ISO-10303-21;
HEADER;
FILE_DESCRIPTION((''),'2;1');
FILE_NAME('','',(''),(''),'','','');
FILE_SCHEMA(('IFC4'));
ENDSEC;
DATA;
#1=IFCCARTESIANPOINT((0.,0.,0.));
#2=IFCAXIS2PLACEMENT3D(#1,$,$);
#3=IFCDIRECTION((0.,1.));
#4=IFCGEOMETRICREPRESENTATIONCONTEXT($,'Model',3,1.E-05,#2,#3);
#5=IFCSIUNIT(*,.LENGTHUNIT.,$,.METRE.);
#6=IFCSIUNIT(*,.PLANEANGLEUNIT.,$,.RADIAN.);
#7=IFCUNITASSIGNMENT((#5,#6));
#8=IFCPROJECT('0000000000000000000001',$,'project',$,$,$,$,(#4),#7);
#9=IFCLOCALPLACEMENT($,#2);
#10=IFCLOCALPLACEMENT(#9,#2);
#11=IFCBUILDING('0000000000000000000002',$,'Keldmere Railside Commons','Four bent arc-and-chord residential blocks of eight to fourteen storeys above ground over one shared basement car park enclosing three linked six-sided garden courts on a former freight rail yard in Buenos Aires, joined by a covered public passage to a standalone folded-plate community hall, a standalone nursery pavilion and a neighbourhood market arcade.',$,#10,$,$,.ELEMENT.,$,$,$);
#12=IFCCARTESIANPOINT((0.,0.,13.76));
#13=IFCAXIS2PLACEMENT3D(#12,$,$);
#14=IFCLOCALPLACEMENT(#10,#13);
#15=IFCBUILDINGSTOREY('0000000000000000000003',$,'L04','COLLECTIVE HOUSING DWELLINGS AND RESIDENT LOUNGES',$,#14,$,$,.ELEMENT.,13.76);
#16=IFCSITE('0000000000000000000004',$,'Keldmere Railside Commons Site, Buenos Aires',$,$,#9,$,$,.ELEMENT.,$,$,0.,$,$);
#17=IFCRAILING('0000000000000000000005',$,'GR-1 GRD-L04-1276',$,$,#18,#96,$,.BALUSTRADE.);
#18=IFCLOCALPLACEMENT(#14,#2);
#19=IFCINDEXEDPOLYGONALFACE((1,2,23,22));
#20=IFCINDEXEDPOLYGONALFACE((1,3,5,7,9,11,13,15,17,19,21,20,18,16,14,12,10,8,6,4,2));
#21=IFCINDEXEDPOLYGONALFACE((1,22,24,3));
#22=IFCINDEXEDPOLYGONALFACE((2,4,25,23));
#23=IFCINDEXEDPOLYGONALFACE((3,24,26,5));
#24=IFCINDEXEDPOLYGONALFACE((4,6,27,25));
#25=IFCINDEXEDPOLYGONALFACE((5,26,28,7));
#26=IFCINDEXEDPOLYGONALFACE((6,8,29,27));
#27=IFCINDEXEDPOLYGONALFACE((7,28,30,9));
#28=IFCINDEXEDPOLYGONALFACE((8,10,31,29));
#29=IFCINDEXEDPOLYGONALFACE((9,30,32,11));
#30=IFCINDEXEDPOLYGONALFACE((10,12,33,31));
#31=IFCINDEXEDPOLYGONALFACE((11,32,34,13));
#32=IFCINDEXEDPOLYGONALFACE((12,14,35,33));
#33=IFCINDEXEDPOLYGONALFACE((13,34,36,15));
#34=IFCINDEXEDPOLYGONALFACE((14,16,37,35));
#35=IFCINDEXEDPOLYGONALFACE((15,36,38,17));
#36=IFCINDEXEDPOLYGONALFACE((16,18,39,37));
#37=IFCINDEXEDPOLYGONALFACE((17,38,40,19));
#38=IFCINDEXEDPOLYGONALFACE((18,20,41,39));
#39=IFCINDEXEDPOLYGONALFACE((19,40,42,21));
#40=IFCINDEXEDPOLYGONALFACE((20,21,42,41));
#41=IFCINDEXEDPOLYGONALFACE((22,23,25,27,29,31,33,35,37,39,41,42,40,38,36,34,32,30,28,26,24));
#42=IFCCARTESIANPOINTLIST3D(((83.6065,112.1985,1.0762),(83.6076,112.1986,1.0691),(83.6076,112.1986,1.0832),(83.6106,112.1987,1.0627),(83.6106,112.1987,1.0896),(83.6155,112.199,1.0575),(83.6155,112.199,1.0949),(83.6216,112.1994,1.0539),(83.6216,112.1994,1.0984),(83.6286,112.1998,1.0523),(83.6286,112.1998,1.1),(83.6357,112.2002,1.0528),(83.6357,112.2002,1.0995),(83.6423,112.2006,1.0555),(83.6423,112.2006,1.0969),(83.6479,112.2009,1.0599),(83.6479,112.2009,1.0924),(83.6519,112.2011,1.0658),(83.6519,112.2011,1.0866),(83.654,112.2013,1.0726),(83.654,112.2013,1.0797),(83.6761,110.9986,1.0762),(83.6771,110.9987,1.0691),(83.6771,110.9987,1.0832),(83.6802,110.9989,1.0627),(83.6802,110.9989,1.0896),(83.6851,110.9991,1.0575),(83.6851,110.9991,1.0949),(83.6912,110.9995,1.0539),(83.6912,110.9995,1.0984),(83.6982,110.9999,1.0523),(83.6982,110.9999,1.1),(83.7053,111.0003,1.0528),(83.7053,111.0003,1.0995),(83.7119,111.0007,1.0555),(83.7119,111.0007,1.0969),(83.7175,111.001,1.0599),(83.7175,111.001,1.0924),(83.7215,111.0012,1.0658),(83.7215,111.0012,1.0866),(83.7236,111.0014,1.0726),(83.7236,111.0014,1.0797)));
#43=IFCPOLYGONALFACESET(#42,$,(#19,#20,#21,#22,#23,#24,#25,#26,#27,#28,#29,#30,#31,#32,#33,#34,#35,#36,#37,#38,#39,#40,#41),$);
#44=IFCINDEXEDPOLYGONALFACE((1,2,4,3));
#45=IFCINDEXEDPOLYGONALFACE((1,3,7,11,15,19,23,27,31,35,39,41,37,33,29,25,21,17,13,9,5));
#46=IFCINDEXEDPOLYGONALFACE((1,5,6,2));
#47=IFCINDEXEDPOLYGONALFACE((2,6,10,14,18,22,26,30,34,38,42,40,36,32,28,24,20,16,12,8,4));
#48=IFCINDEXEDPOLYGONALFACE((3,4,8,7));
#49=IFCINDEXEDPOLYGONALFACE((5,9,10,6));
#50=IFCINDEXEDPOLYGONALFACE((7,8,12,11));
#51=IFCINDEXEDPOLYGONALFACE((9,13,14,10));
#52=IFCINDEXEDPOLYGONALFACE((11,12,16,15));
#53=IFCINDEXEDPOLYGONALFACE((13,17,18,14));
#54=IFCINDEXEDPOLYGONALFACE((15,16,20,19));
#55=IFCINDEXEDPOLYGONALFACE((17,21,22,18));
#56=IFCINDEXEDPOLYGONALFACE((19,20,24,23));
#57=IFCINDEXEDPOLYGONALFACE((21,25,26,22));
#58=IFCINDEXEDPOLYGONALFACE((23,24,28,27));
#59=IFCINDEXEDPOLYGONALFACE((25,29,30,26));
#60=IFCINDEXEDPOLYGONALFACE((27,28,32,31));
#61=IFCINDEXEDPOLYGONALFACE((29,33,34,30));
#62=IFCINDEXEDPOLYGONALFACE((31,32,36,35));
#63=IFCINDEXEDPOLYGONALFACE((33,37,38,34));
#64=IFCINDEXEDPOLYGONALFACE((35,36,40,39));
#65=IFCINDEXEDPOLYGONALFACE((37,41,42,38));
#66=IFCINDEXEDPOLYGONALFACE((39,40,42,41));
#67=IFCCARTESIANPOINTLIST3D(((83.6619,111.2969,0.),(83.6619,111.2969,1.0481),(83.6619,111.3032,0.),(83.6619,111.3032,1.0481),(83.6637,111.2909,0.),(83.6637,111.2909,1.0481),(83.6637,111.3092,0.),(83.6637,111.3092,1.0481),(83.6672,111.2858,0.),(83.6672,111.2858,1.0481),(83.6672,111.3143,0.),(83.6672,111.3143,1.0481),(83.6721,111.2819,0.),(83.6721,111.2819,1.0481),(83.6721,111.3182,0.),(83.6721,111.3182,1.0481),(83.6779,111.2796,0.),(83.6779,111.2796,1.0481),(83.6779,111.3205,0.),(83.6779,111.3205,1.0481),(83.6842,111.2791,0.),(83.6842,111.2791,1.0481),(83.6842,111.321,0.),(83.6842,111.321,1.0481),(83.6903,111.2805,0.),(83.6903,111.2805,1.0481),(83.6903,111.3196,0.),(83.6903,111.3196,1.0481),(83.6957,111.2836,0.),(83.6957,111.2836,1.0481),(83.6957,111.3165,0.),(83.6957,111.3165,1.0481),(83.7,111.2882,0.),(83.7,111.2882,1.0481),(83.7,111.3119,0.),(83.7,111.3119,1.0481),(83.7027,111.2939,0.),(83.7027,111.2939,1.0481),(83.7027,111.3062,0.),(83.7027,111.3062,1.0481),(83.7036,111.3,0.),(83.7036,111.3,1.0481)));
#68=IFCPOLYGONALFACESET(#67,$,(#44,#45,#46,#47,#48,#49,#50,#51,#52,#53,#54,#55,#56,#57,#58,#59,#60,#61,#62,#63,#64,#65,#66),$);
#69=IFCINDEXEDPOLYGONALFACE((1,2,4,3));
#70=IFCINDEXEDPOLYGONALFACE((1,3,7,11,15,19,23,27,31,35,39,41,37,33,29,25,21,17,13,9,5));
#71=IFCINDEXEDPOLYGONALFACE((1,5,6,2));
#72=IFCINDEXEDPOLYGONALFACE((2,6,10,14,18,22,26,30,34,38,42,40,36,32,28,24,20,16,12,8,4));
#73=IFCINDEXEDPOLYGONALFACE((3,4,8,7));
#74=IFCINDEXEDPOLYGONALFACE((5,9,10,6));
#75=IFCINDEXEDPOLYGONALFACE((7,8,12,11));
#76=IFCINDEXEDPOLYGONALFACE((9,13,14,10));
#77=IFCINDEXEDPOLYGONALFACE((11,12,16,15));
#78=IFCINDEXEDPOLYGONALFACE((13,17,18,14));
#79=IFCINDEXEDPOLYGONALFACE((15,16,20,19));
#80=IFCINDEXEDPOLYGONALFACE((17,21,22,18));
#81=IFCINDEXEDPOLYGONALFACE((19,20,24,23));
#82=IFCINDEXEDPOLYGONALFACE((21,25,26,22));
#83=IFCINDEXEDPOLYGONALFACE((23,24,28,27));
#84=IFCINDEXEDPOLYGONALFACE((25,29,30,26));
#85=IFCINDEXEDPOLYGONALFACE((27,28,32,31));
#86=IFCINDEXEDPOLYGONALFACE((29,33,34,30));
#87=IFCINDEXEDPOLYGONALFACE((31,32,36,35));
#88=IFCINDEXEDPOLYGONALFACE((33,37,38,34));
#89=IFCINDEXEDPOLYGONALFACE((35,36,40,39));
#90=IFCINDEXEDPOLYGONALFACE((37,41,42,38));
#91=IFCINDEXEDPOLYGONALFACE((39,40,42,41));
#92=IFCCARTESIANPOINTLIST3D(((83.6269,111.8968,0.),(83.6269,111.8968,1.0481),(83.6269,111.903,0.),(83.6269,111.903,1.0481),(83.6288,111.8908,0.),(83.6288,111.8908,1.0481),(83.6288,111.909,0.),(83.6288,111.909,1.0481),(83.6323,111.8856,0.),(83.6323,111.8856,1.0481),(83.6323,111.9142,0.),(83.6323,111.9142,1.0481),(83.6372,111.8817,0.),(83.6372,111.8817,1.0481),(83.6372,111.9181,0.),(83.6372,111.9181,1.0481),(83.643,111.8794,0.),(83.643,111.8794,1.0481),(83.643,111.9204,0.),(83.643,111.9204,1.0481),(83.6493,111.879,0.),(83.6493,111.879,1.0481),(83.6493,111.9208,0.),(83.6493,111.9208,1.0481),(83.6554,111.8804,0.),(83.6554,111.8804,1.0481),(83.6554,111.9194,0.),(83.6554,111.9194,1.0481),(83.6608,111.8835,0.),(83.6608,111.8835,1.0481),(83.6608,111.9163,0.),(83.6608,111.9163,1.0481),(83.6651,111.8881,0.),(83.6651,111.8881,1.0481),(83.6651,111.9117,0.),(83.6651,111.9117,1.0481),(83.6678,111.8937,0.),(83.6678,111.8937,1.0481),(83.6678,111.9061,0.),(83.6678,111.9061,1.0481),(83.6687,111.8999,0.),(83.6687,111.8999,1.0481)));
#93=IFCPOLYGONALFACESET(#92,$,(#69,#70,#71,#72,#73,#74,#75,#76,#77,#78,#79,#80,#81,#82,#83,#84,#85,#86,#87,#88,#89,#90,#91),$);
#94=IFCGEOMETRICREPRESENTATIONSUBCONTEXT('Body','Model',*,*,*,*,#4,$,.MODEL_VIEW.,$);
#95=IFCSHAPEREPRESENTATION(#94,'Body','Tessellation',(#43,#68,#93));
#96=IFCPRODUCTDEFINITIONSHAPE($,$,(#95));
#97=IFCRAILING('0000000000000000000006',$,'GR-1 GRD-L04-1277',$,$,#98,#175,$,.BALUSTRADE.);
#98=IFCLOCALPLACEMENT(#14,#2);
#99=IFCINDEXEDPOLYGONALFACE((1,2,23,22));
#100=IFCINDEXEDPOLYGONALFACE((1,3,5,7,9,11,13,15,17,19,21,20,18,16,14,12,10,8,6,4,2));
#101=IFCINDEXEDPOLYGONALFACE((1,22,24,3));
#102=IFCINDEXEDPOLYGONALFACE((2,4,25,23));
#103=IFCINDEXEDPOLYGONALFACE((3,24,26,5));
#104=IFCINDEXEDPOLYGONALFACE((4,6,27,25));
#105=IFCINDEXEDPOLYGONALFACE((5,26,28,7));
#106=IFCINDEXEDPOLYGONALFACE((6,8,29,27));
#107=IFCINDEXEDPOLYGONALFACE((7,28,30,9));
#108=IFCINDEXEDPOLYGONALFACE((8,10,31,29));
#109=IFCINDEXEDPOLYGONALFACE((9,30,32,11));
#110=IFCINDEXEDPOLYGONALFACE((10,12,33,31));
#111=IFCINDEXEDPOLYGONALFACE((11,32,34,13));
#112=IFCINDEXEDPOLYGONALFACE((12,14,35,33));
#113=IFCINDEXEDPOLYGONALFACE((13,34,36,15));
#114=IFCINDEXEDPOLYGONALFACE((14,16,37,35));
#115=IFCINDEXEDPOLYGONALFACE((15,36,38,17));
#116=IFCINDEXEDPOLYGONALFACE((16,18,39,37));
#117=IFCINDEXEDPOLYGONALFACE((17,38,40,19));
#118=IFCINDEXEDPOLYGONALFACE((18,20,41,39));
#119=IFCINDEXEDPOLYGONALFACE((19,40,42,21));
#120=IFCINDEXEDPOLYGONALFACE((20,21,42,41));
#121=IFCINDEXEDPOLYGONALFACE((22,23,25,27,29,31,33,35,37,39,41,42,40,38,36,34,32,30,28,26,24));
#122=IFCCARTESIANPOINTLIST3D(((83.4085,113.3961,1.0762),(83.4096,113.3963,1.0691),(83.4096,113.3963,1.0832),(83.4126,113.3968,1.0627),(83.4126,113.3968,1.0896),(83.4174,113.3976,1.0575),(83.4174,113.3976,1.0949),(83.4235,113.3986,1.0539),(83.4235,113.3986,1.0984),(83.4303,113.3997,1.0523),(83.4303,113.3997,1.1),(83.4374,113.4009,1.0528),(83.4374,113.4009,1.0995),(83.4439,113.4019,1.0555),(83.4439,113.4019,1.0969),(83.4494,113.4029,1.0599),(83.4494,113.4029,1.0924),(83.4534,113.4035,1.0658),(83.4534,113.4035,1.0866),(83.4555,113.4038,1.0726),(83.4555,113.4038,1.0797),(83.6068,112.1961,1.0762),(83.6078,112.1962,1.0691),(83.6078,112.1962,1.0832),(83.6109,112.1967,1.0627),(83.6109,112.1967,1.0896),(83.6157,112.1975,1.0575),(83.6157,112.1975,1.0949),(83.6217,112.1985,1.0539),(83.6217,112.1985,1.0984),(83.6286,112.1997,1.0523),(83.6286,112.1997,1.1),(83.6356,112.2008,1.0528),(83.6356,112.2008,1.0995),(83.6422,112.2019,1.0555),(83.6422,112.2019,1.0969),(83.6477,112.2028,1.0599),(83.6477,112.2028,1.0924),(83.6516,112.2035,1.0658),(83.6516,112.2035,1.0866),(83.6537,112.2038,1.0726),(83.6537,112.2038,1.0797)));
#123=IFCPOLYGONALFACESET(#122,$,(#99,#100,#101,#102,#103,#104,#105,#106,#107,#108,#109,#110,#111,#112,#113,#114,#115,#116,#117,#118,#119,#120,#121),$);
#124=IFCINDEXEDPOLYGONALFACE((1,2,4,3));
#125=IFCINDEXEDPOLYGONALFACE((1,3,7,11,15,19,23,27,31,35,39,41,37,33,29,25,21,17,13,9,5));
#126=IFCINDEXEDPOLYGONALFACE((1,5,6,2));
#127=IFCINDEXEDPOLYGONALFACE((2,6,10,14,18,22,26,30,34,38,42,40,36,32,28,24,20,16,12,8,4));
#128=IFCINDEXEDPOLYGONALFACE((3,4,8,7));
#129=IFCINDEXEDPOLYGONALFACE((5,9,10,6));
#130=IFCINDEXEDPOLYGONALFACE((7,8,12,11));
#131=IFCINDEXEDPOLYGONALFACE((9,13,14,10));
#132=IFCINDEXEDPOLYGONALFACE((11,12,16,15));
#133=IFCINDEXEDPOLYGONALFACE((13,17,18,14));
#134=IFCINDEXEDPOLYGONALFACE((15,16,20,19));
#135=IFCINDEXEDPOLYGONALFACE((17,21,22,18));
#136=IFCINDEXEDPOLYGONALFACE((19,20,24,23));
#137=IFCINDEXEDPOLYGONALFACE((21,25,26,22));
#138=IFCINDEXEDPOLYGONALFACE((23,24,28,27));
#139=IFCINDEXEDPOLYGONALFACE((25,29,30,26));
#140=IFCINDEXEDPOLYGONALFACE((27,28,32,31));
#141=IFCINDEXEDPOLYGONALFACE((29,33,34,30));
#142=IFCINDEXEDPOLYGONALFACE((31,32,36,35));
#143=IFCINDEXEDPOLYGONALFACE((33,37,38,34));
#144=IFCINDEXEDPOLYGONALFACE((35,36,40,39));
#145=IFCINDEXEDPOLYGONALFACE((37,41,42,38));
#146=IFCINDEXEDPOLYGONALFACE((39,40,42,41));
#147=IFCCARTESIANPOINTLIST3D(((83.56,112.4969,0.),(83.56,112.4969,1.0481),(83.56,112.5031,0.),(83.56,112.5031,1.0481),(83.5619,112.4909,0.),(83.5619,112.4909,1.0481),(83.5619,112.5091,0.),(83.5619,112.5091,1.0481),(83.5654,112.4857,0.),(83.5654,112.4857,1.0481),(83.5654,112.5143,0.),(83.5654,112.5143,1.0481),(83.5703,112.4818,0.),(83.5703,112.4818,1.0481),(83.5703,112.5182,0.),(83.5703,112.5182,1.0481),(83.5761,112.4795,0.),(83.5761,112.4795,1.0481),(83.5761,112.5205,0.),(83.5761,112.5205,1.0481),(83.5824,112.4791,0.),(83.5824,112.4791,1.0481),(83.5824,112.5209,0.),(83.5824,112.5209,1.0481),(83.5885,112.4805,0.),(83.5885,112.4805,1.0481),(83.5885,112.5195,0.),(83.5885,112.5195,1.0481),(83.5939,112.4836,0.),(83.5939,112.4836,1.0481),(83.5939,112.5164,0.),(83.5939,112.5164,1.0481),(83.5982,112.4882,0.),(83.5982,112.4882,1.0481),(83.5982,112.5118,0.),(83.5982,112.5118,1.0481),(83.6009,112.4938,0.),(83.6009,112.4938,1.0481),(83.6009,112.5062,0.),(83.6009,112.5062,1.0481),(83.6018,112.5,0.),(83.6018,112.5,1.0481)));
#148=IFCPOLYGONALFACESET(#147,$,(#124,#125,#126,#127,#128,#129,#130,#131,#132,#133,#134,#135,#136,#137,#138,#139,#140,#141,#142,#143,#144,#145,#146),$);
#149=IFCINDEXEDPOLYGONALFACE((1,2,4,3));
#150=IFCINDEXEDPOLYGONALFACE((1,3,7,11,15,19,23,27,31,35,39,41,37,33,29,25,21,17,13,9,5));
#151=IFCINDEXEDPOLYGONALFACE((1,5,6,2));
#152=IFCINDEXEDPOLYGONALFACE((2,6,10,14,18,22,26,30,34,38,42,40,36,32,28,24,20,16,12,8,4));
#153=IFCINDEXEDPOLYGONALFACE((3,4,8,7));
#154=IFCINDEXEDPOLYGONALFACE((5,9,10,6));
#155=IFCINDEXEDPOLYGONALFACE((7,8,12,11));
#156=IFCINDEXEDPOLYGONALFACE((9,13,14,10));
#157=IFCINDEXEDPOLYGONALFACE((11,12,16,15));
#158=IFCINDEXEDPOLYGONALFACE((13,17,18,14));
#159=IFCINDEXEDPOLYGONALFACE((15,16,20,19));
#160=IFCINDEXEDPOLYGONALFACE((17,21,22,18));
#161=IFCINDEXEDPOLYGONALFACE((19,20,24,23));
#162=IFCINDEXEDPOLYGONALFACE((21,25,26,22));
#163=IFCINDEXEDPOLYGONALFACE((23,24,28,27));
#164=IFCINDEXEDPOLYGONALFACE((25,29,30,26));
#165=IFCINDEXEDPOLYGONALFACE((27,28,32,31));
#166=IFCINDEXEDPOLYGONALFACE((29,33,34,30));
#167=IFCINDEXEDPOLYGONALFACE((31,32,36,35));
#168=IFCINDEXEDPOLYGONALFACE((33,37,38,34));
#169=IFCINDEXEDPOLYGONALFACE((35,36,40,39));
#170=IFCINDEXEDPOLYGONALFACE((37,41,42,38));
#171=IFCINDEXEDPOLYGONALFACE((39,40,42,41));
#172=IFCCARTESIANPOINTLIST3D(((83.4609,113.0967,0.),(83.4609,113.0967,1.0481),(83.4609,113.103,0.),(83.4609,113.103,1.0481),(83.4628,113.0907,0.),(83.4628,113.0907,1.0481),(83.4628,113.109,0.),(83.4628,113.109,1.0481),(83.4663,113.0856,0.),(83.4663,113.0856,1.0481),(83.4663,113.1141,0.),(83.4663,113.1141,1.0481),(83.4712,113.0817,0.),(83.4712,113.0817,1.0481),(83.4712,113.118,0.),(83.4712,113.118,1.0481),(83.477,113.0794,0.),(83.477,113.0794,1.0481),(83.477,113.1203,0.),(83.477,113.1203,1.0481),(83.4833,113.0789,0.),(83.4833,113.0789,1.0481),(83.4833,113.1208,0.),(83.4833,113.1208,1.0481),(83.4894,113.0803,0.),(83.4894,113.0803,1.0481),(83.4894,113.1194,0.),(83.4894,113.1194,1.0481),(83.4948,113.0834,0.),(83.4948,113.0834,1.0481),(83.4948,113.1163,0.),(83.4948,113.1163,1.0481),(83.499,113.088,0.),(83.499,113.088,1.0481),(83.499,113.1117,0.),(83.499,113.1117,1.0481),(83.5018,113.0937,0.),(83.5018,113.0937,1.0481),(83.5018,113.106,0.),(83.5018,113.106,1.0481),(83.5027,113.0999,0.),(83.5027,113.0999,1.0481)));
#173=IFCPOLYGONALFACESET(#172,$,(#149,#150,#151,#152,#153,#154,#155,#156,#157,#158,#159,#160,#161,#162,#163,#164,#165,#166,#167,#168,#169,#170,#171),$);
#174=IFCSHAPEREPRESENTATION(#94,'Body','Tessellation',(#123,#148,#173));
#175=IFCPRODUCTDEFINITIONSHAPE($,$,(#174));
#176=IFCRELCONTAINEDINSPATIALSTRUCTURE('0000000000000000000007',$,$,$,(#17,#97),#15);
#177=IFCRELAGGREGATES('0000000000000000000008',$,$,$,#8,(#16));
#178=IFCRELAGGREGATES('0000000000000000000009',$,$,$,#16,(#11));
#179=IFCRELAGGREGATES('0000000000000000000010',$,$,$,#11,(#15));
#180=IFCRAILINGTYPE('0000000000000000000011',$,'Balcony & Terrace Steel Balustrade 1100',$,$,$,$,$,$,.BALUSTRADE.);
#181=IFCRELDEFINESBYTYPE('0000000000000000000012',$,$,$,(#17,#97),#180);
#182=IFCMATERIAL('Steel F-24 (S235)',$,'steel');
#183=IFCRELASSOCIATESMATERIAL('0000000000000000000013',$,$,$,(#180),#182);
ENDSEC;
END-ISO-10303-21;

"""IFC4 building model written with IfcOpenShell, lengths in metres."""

from ifc_helpers import new_model, si_unit, direction, frame, origin, origin_2d, place, context, subcontext, project, spatial, circle, extrude, material, type_object, element, save


model = new_model("IFC4")

# Units and contexts
model_context = context("Model", 3, precision=1e-05, world=origin(), true_north=direction((0.0, 1.0)))
body_context = subcontext(model_context, "Body", "Model", "MODEL_VIEW")
ifc_project = project(units=[si_unit("LENGTHUNIT", "METRE"), si_unit("PLANEANGLEUNIT", "RADIAN")], contexts=[model_context])

# Site, building, storey
site_placement = place(None, origin())
site = spatial("IfcSite", under=ifc_project, at=site_placement, Name="Keldmere Railside Commons Site, Buenos Aires", CompositionType="ELEMENT", RefElevation=0.0)
building_placement = place(site_placement, origin())
building = spatial("IfcBuilding", under=site, at=building_placement, Name="Keldmere Railside Commons", Description="Four bent arc-and-chord residential blocks of eight to fourteen storeys above ground over one shared basement car park enclosing three linked six-sided garden courts on a former freight rail yard in Buenos Aires, joined by a covered public passage to a standalone folded-plate community hall, a standalone nursery pavilion and a neighbourhood market arcade.", CompositionType="ELEMENT")
storey_placement = place(building_placement, frame((0.0, 0.0, 13.76)))
storey = spatial("IfcBuildingStorey", under=building, at=storey_placement, Name="L04", Description="COLLECTIVE HOUSING DWELLINGS AND RESIDENT LOUNGES", CompositionType="ELEMENT", Elevation=13.76)

# Railings
ifc_material = material(Name="Steel F-24 (S235)", Category="steel")
railing_type = type_object("IfcRailingType", Name="Balcony & Terrace Steel Balustrade 1100", PredefinedType="BALUSTRADE", material=ifc_material)
railing_1_placement = place(storey_placement, frame((83.7, 111.0, 0.0)))
element("IfcRailing", 1, at=railing_1_placement, inside=storey, type_object=railing_type, Name="GR-1 GRD-L04-1276", PredefinedType="BALUSTRADE", context=body_context, shape_type="SweptSolid", body=[
    extrude(circle(Radius=0.0239, at=origin_2d()), frame((0.0, 0.0, 1.0762), z_axis=(-0.057889, 0.998323, 0.0), x_axis=(-0.998323, -0.057889, 0.0)), (0.0, 0.0, 1.0), 1.2019),
    extrude(circle(Radius=0.021, at=origin_2d()), frame((-0.0173, 0.3, 0.0)), (0.0, 0.0, 1.0), 1.0481),
    extrude(circle(Radius=0.021, at=origin_2d()), frame((-0.0522, 0.8999, 0.0)), (0.0, 0.0, 1.0), 1.0481),
])
railing_2_placement = place(storey_placement, frame((83.6304, 112.2, 0.0)))
element("IfcRailing", 2, at=railing_2_placement, inside=storey, type_object=railing_type, Name="GR-1 GRD-L04-1277", PredefinedType="BALUSTRADE", context=body_context, shape_type="SweptSolid", body=[
    extrude(circle(Radius=0.0239, at=origin_2d()), frame((0.0, 0.0, 1.0762), z_axis=(-0.162999, 0.986626, 0.0), x_axis=(-0.986626, -0.162999, 0.0)), (0.0, 0.0, 1.0), 1.2163),
    extrude(circle(Radius=0.021, at=origin_2d()), frame((-0.0496, 0.3, 0.0)), (0.0, 0.0, 1.0), 1.0481),
    extrude(circle(Radius=0.021, at=origin_2d()), frame((-0.1487, 0.8999, 0.0)), (0.0, 0.0, 1.0), 1.0481),
])

save(model, "model.ifc")
